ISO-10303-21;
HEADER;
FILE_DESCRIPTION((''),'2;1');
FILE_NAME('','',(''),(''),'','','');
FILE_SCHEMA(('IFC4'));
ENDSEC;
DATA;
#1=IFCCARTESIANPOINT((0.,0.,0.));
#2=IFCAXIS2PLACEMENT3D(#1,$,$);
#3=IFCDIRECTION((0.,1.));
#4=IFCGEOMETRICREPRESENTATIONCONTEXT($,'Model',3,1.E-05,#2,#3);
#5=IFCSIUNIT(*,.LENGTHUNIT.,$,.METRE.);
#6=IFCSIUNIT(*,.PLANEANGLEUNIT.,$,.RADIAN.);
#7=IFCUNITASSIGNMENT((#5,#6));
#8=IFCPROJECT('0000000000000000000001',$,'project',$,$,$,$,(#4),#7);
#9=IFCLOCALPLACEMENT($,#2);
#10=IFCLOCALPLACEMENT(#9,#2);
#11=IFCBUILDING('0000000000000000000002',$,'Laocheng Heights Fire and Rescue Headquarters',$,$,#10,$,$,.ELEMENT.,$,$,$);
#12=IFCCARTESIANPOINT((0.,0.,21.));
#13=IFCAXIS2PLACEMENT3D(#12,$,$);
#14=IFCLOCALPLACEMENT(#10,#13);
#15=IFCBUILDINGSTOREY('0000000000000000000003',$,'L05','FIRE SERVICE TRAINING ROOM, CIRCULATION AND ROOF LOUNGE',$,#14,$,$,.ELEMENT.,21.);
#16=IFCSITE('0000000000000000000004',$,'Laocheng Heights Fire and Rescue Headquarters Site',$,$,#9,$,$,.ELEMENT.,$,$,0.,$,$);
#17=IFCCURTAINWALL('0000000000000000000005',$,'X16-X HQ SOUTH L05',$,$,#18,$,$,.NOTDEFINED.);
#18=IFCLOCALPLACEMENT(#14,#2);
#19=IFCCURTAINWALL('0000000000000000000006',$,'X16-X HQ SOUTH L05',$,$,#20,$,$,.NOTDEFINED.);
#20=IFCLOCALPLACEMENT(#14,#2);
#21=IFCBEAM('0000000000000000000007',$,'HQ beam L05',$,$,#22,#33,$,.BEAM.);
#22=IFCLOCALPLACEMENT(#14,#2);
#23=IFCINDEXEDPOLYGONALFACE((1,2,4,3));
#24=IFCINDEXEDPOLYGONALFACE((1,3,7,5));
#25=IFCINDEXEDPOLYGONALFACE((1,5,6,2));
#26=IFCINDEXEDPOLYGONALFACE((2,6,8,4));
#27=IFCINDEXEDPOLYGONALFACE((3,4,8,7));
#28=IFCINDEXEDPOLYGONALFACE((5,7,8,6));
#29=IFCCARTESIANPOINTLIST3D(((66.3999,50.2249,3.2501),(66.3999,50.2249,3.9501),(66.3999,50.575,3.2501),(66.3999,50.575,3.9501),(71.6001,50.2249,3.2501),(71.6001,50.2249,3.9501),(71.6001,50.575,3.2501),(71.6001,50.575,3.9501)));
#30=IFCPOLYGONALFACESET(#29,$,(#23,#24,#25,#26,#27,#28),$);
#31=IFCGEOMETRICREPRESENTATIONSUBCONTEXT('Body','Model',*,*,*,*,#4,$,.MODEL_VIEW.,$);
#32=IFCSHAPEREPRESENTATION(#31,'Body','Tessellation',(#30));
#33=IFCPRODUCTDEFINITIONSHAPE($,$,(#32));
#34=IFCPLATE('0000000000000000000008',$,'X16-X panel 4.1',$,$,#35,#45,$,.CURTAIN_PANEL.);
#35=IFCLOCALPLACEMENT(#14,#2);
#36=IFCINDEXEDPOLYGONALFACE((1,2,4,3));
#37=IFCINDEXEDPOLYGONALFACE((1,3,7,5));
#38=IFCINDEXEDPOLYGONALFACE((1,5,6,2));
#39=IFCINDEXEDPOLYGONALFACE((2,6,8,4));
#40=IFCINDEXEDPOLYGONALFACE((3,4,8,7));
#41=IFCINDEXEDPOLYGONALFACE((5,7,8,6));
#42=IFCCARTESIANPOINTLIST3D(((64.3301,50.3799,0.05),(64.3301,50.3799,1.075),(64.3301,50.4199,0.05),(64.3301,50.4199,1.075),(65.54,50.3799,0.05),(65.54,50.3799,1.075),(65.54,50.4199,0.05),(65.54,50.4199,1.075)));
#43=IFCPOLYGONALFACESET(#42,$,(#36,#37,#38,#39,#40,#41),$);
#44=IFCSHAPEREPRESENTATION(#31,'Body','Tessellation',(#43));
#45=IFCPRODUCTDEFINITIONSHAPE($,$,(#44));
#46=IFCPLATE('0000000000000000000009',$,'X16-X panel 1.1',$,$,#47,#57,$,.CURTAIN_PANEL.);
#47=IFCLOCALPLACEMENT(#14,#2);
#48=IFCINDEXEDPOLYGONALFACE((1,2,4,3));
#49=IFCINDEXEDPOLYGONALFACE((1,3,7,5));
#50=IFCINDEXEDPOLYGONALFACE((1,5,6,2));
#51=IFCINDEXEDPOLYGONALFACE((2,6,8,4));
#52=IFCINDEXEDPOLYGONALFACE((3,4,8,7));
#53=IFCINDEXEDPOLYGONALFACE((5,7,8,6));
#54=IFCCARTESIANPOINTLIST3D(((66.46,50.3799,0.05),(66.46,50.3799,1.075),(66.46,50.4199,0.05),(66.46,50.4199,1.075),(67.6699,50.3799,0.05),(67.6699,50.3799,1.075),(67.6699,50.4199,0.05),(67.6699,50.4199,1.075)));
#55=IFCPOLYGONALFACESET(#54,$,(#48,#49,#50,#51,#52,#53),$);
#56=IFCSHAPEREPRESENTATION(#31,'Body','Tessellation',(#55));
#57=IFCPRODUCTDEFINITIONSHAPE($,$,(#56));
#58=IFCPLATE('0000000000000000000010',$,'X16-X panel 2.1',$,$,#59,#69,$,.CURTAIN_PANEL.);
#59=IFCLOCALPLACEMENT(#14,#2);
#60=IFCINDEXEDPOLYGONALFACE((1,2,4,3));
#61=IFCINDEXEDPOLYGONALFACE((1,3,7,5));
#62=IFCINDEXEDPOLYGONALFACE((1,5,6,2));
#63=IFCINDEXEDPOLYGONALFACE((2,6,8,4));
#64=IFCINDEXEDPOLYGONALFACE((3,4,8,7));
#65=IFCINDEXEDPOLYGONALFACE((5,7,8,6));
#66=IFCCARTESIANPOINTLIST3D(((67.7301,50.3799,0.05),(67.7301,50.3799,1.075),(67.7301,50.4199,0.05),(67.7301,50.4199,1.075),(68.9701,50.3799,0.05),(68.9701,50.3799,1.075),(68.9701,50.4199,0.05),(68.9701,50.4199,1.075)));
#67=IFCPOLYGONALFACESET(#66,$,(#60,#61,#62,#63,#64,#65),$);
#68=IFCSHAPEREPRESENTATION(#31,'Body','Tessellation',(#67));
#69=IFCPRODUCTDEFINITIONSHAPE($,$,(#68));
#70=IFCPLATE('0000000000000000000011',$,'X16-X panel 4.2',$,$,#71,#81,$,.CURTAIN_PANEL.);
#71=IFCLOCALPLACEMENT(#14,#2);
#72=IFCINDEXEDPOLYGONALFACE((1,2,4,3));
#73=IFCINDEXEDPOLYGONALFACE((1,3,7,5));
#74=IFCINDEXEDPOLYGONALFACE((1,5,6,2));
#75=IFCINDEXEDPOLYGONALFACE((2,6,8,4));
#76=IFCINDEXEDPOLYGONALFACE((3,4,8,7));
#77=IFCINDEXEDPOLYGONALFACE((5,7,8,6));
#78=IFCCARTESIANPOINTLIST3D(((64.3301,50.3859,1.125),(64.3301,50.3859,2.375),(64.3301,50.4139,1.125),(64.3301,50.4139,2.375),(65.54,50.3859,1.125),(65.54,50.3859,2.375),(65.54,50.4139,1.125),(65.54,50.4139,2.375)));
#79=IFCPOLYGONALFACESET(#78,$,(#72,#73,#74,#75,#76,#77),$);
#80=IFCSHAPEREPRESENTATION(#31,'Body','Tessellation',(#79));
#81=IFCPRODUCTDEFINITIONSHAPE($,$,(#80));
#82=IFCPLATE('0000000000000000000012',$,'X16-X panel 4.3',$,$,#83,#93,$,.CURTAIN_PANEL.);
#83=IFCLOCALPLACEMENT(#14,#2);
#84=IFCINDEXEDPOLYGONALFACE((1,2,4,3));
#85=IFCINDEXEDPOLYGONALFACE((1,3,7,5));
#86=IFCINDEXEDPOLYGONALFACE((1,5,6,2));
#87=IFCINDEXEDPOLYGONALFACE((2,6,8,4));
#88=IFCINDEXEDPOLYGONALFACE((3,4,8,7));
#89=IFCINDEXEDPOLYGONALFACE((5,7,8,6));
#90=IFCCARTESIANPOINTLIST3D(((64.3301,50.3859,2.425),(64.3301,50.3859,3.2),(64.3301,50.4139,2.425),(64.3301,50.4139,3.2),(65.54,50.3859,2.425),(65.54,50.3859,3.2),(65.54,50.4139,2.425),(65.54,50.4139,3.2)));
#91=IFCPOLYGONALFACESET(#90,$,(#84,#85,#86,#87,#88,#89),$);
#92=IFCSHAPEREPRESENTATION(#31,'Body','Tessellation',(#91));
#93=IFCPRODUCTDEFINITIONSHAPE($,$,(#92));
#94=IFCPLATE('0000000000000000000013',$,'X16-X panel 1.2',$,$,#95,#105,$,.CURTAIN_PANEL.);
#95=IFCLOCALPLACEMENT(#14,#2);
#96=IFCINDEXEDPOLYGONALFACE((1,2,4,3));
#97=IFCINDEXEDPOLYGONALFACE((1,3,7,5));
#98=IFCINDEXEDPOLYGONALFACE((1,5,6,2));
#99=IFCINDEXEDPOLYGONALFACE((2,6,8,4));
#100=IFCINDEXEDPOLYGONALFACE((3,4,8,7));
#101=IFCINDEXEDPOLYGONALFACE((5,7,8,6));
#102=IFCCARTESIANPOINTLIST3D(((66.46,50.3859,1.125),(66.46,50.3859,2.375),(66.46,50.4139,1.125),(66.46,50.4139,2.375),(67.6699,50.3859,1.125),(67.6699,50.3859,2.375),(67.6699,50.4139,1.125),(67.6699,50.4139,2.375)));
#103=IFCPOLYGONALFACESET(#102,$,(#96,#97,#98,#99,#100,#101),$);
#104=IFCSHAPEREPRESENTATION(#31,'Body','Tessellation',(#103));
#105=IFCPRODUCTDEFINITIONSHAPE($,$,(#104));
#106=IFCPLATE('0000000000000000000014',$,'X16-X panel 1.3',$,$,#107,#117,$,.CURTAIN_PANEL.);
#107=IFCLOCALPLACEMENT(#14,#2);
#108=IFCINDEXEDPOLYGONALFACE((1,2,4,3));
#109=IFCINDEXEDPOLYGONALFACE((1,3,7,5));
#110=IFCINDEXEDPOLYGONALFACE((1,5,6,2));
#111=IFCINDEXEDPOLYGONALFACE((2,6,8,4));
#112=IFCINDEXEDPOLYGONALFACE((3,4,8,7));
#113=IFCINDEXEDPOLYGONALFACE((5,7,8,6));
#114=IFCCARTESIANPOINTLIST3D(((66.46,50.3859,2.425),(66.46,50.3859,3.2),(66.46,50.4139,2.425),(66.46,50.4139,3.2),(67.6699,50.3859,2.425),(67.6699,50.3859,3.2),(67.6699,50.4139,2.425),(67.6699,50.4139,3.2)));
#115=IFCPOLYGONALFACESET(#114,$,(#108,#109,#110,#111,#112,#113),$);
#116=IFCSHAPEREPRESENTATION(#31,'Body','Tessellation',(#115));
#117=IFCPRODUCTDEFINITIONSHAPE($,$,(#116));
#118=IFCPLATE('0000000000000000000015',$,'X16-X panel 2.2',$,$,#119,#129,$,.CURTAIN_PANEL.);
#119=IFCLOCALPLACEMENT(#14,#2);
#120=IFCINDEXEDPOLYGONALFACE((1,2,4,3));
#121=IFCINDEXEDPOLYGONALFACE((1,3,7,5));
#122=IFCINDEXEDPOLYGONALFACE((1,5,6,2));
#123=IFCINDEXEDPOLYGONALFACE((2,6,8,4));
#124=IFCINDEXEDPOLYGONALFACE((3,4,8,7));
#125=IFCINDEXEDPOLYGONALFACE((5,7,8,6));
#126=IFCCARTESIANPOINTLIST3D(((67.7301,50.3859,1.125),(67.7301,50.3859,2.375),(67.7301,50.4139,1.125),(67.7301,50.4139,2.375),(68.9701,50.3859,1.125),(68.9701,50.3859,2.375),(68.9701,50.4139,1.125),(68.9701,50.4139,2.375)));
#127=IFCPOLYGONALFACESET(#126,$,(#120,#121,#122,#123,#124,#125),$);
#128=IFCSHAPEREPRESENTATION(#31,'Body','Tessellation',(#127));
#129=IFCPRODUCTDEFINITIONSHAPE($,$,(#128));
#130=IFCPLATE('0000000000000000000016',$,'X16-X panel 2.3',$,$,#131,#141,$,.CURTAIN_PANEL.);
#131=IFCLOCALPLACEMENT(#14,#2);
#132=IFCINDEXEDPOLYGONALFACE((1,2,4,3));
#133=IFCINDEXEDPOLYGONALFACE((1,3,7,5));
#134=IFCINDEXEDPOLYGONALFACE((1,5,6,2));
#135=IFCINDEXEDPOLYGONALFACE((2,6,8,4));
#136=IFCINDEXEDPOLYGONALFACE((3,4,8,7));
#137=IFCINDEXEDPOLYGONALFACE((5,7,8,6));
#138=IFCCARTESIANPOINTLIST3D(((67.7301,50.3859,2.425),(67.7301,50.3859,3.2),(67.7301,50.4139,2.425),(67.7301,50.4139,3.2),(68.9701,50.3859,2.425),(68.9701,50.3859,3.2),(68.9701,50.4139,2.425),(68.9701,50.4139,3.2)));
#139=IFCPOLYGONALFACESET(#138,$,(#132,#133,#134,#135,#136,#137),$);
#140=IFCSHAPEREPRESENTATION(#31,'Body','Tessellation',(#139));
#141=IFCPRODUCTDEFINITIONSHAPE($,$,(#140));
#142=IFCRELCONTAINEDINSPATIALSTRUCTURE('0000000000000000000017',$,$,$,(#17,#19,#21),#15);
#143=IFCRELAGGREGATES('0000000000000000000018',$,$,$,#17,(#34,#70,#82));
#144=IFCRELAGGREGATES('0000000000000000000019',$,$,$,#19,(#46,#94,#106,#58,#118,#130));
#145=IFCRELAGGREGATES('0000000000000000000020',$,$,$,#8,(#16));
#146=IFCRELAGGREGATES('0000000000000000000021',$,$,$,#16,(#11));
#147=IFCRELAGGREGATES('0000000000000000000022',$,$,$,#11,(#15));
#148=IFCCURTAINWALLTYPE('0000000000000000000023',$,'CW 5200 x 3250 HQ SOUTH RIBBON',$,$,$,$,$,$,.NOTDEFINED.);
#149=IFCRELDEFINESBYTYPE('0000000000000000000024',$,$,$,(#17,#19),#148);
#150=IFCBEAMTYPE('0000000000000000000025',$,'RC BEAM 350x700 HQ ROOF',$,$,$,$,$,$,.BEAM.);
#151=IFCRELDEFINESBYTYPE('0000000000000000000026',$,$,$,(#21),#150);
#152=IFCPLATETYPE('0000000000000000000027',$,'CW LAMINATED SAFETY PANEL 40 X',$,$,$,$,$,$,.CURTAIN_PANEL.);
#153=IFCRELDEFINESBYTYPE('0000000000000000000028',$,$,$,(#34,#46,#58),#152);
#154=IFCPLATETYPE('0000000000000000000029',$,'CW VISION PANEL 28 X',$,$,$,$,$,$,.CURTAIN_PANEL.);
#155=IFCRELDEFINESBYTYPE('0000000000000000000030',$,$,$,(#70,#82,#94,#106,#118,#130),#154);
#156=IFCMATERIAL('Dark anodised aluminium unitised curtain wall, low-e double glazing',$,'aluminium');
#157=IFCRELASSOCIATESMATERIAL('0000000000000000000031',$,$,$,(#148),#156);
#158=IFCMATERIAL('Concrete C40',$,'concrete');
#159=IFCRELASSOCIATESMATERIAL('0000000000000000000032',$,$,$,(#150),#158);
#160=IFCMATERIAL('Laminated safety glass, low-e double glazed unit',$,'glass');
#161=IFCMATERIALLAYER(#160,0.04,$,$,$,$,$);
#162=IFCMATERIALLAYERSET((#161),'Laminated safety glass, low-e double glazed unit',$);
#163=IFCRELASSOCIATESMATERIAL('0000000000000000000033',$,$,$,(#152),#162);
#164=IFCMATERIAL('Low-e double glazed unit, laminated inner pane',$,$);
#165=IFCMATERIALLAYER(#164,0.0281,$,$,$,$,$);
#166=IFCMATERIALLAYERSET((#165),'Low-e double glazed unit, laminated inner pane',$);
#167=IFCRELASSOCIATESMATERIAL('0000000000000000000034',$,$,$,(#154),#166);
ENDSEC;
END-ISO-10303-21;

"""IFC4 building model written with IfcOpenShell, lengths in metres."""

from ifc_helpers import new_model, si_unit, direction, frame, origin, origin_2d, place, context, subcontext, project, spatial, rectangle, extrude, material, layer, layer_set, material_profile, profile_set, type_object, element, aggregate, save


model = new_model("IFC4")

# Units and contexts
model_context = context("Model", 3, precision=1e-05, world=origin(), true_north=direction((0.0, 1.0)))
body_context = subcontext(model_context, "Body", "Model", "MODEL_VIEW")
ifc_project = project(units=[si_unit("LENGTHUNIT", "METRE"), si_unit("PLANEANGLEUNIT", "RADIAN")], contexts=[model_context])

# Site, building, storey
site_placement = place(None, origin())
site = spatial("IfcSite", under=ifc_project, at=site_placement, Name="Laocheng Heights Fire and Rescue Headquarters Site", CompositionType="ELEMENT", RefElevation=0.0)
building_placement = place(site_placement, origin())
building = spatial("IfcBuilding", under=site, at=building_placement, Name="Laocheng Heights Fire and Rescue Headquarters", CompositionType="ELEMENT")
storey_placement = place(building_placement, frame((0.0, 0.0, 21.0)))
storey = spatial("IfcBuildingStorey", under=building, at=storey_placement, Name="L05", Description="FIRE SERVICE TRAINING ROOM, CIRCULATION AND ROOF LOUNGE", CompositionType="ELEMENT", Elevation=21.0)

# Curtain walls
ifc_material_1 = material(Name="Dark anodised aluminium unitised curtain wall, low-e double glazing", Category="aluminium")
curtain_wall_type = type_object("IfcCurtainWallType", Name="CW 5200 x 3250 HQ SOUTH RIBBON", PredefinedType="NOTDEFINED", material=ifc_material_1)
curtain_wall_1_placement = place(storey_placement, origin())
curtain_wall_1 = element("IfcCurtainWall", 1, at=curtain_wall_1_placement, inside=storey, type_object=curtain_wall_type, Name="X16-X HQ SOUTH L05", PredefinedType="NOTDEFINED")
curtain_wall_2_placement = place(storey_placement, origin())
curtain_wall_2 = element("IfcCurtainWall", 2, at=curtain_wall_2_placement, inside=storey, type_object=curtain_wall_type, Name="X16-X HQ SOUTH L05", PredefinedType="NOTDEFINED")

# Beam
ifc_material_2 = material(Name="Concrete C40", Category="concrete")
ifc_material_profile_1 = material_profile(ifc_material_2, rectangle(XDim=0.3501, YDim=0.7, at=origin_2d()), Name="RC BEAM 350x700 HQ ROOF")
ifc_profile_set_1 = profile_set([ifc_material_profile_1], Name="Concrete C40")
beam_type = type_object("IfcBeamType", Name="RC BEAM 350x700 HQ ROOF", PredefinedType="BEAM", material=ifc_profile_set_1)
beam_placement = place(storey_placement, frame((66.3999, 50.3999, 3.6001), z_axis=(1.0, 0.0, 0.0), x_axis=(0.0, 1.0, 0.0)))
element("IfcBeam", 3, at=beam_placement, inside=storey, type_object=beam_type, Name="HQ beam L05", PredefinedType="BEAM", context=body_context, shape_type="SweptSolid", body=[
    extrude(rectangle(XDim=0.3501, YDim=0.7, at=origin_2d()), origin(), (0.0, 0.0, 1.0), 5.2002),
])

# Plates
ifc_material_3 = material(Name="Laminated safety glass, low-e double glazed unit", Category="glass")
ifc_layer_1 = layer(ifc_material_3, 0.04)
ifc_layer_set_1 = layer_set([ifc_layer_1], Name="Laminated safety glass, low-e double glazed unit")
plate_type_1 = type_object("IfcPlateType", Name="CW LAMINATED SAFETY PANEL 40 X", PredefinedType="CURTAIN_PANEL", material=ifc_layer_set_1)
plate_1_placement = place(storey_placement, frame((64.9351, 50.3999, 0.05), z_axis=(0.0, 0.0, 1.0), x_axis=(1.0, 0.0, 0.0)))
plate_1 = element("IfcPlate", 4, at=plate_1_placement, type_object=plate_type_1, Name="X16-X panel 4.1", PredefinedType="CURTAIN_PANEL", context=body_context, shape_type="SweptSolid", body=[
    extrude(rectangle(XDim=1.21, YDim=0.04, at=origin_2d()), origin(), (0.0, 0.0, 1.0), 1.0249),
])
plate_2_placement = place(storey_placement, frame((67.0649, 50.3999, 0.05), z_axis=(0.0, 0.0, 1.0), x_axis=(1.0, 0.0, 0.0)))
plate_2 = element("IfcPlate", 5, at=plate_2_placement, type_object=plate_type_1, Name="X16-X panel 1.1", PredefinedType="CURTAIN_PANEL", context=body_context, shape_type="SweptSolid", body=[
    extrude(rectangle(XDim=1.21, YDim=0.04, at=origin_2d()), origin(), (0.0, 0.0, 1.0), 1.0249),
])
plate_3_placement = place(storey_placement, frame((68.3501, 50.3999, 0.05), z_axis=(0.0, 0.0, 1.0), x_axis=(1.0, 0.0, 0.0)))
plate_3 = element("IfcPlate", 6, at=plate_3_placement, type_object=plate_type_1, Name="X16-X panel 2.1", PredefinedType="CURTAIN_PANEL", context=body_context, shape_type="SweptSolid", body=[
    extrude(rectangle(XDim=1.24, YDim=0.04, at=origin_2d()), origin(), (0.0, 0.0, 1.0), 1.0249),
])
ifc_material_4 = material(Name="Low-e double glazed unit, laminated inner pane")
ifc_layer_2 = layer(ifc_material_4, 0.0281)
ifc_layer_set_2 = layer_set([ifc_layer_2], Name="Low-e double glazed unit, laminated inner pane")
plate_type_2 = type_object("IfcPlateType", Name="CW VISION PANEL 28 X", PredefinedType="CURTAIN_PANEL", material=ifc_layer_set_2)
plate_4_placement = place(storey_placement, frame((64.9351, 50.3999, 1.125), z_axis=(0.0, 0.0, 1.0), x_axis=(1.0, 0.0, 0.0)))
plate_4 = element("IfcPlate", 7, at=plate_4_placement, type_object=plate_type_2, Name="X16-X panel 4.2", PredefinedType="CURTAIN_PANEL", context=body_context, shape_type="SweptSolid", body=[
    extrude(rectangle(XDim=1.21, YDim=0.0281, at=origin_2d()), origin(), (0.0, 0.0, 1.0), 1.25),
])
plate_5_placement = place(storey_placement, frame((64.9351, 50.3999, 2.425), z_axis=(0.0, 0.0, 1.0), x_axis=(1.0, 0.0, 0.0)))
plate_5 = element("IfcPlate", 8, at=plate_5_placement, type_object=plate_type_2, Name="X16-X panel 4.3", PredefinedType="CURTAIN_PANEL", context=body_context, shape_type="SweptSolid", body=[
    extrude(rectangle(XDim=1.21, YDim=0.0281, at=origin_2d()), origin(), (0.0, 0.0, 1.0), 0.7749),
])
aggregate(curtain_wall_1, [plate_1, plate_4, plate_5])
plate_6_placement = place(storey_placement, frame((67.0649, 50.3999, 1.125), z_axis=(0.0, 0.0, 1.0), x_axis=(1.0, 0.0, 0.0)))
plate_6 = element("IfcPlate", 9, at=plate_6_placement, type_object=plate_type_2, Name="X16-X panel 1.2", PredefinedType="CURTAIN_PANEL", context=body_context, shape_type="SweptSolid", body=[
    extrude(rectangle(XDim=1.21, YDim=0.0281, at=origin_2d()), origin(), (0.0, 0.0, 1.0), 1.25),
])
plate_7_placement = place(storey_placement, frame((67.0649, 50.3999, 2.425), z_axis=(0.0, 0.0, 1.0), x_axis=(1.0, 0.0, 0.0)))
plate_7 = element("IfcPlate", 10, at=plate_7_placement, type_object=plate_type_2, Name="X16-X panel 1.3", PredefinedType="CURTAIN_PANEL", context=body_context, shape_type="SweptSolid", body=[
    extrude(rectangle(XDim=1.21, YDim=0.0281, at=origin_2d()), origin(), (0.0, 0.0, 1.0), 0.7749),
])
plate_8_placement = place(storey_placement, frame((68.3501, 50.3999, 1.125), z_axis=(0.0, 0.0, 1.0), x_axis=(1.0, 0.0, 0.0)))
plate_8 = element("IfcPlate", 11, at=plate_8_placement, type_object=plate_type_2, Name="X16-X panel 2.2", PredefinedType="CURTAIN_PANEL", context=body_context, shape_type="SweptSolid", body=[
    extrude(rectangle(XDim=1.24, YDim=0.0281, at=origin_2d()), origin(), (0.0, 0.0, 1.0), 1.25),
])
plate_9_placement = place(storey_placement, frame((68.3501, 50.3999, 2.425), z_axis=(0.0, 0.0, 1.0), x_axis=(1.0, 0.0, 0.0)))
plate_9 = element("IfcPlate", 12, at=plate_9_placement, type_object=plate_type_2, Name="X16-X panel 2.3", PredefinedType="CURTAIN_PANEL", context=body_context, shape_type="SweptSolid", body=[
    extrude(rectangle(XDim=1.24, YDim=0.0281, at=origin_2d()), origin(), (0.0, 0.0, 1.0), 0.7749),
])
aggregate(curtain_wall_2, [plate_2, plate_6, plate_7, plate_3, plate_8, plate_9])

save(model, "model.ifc")
